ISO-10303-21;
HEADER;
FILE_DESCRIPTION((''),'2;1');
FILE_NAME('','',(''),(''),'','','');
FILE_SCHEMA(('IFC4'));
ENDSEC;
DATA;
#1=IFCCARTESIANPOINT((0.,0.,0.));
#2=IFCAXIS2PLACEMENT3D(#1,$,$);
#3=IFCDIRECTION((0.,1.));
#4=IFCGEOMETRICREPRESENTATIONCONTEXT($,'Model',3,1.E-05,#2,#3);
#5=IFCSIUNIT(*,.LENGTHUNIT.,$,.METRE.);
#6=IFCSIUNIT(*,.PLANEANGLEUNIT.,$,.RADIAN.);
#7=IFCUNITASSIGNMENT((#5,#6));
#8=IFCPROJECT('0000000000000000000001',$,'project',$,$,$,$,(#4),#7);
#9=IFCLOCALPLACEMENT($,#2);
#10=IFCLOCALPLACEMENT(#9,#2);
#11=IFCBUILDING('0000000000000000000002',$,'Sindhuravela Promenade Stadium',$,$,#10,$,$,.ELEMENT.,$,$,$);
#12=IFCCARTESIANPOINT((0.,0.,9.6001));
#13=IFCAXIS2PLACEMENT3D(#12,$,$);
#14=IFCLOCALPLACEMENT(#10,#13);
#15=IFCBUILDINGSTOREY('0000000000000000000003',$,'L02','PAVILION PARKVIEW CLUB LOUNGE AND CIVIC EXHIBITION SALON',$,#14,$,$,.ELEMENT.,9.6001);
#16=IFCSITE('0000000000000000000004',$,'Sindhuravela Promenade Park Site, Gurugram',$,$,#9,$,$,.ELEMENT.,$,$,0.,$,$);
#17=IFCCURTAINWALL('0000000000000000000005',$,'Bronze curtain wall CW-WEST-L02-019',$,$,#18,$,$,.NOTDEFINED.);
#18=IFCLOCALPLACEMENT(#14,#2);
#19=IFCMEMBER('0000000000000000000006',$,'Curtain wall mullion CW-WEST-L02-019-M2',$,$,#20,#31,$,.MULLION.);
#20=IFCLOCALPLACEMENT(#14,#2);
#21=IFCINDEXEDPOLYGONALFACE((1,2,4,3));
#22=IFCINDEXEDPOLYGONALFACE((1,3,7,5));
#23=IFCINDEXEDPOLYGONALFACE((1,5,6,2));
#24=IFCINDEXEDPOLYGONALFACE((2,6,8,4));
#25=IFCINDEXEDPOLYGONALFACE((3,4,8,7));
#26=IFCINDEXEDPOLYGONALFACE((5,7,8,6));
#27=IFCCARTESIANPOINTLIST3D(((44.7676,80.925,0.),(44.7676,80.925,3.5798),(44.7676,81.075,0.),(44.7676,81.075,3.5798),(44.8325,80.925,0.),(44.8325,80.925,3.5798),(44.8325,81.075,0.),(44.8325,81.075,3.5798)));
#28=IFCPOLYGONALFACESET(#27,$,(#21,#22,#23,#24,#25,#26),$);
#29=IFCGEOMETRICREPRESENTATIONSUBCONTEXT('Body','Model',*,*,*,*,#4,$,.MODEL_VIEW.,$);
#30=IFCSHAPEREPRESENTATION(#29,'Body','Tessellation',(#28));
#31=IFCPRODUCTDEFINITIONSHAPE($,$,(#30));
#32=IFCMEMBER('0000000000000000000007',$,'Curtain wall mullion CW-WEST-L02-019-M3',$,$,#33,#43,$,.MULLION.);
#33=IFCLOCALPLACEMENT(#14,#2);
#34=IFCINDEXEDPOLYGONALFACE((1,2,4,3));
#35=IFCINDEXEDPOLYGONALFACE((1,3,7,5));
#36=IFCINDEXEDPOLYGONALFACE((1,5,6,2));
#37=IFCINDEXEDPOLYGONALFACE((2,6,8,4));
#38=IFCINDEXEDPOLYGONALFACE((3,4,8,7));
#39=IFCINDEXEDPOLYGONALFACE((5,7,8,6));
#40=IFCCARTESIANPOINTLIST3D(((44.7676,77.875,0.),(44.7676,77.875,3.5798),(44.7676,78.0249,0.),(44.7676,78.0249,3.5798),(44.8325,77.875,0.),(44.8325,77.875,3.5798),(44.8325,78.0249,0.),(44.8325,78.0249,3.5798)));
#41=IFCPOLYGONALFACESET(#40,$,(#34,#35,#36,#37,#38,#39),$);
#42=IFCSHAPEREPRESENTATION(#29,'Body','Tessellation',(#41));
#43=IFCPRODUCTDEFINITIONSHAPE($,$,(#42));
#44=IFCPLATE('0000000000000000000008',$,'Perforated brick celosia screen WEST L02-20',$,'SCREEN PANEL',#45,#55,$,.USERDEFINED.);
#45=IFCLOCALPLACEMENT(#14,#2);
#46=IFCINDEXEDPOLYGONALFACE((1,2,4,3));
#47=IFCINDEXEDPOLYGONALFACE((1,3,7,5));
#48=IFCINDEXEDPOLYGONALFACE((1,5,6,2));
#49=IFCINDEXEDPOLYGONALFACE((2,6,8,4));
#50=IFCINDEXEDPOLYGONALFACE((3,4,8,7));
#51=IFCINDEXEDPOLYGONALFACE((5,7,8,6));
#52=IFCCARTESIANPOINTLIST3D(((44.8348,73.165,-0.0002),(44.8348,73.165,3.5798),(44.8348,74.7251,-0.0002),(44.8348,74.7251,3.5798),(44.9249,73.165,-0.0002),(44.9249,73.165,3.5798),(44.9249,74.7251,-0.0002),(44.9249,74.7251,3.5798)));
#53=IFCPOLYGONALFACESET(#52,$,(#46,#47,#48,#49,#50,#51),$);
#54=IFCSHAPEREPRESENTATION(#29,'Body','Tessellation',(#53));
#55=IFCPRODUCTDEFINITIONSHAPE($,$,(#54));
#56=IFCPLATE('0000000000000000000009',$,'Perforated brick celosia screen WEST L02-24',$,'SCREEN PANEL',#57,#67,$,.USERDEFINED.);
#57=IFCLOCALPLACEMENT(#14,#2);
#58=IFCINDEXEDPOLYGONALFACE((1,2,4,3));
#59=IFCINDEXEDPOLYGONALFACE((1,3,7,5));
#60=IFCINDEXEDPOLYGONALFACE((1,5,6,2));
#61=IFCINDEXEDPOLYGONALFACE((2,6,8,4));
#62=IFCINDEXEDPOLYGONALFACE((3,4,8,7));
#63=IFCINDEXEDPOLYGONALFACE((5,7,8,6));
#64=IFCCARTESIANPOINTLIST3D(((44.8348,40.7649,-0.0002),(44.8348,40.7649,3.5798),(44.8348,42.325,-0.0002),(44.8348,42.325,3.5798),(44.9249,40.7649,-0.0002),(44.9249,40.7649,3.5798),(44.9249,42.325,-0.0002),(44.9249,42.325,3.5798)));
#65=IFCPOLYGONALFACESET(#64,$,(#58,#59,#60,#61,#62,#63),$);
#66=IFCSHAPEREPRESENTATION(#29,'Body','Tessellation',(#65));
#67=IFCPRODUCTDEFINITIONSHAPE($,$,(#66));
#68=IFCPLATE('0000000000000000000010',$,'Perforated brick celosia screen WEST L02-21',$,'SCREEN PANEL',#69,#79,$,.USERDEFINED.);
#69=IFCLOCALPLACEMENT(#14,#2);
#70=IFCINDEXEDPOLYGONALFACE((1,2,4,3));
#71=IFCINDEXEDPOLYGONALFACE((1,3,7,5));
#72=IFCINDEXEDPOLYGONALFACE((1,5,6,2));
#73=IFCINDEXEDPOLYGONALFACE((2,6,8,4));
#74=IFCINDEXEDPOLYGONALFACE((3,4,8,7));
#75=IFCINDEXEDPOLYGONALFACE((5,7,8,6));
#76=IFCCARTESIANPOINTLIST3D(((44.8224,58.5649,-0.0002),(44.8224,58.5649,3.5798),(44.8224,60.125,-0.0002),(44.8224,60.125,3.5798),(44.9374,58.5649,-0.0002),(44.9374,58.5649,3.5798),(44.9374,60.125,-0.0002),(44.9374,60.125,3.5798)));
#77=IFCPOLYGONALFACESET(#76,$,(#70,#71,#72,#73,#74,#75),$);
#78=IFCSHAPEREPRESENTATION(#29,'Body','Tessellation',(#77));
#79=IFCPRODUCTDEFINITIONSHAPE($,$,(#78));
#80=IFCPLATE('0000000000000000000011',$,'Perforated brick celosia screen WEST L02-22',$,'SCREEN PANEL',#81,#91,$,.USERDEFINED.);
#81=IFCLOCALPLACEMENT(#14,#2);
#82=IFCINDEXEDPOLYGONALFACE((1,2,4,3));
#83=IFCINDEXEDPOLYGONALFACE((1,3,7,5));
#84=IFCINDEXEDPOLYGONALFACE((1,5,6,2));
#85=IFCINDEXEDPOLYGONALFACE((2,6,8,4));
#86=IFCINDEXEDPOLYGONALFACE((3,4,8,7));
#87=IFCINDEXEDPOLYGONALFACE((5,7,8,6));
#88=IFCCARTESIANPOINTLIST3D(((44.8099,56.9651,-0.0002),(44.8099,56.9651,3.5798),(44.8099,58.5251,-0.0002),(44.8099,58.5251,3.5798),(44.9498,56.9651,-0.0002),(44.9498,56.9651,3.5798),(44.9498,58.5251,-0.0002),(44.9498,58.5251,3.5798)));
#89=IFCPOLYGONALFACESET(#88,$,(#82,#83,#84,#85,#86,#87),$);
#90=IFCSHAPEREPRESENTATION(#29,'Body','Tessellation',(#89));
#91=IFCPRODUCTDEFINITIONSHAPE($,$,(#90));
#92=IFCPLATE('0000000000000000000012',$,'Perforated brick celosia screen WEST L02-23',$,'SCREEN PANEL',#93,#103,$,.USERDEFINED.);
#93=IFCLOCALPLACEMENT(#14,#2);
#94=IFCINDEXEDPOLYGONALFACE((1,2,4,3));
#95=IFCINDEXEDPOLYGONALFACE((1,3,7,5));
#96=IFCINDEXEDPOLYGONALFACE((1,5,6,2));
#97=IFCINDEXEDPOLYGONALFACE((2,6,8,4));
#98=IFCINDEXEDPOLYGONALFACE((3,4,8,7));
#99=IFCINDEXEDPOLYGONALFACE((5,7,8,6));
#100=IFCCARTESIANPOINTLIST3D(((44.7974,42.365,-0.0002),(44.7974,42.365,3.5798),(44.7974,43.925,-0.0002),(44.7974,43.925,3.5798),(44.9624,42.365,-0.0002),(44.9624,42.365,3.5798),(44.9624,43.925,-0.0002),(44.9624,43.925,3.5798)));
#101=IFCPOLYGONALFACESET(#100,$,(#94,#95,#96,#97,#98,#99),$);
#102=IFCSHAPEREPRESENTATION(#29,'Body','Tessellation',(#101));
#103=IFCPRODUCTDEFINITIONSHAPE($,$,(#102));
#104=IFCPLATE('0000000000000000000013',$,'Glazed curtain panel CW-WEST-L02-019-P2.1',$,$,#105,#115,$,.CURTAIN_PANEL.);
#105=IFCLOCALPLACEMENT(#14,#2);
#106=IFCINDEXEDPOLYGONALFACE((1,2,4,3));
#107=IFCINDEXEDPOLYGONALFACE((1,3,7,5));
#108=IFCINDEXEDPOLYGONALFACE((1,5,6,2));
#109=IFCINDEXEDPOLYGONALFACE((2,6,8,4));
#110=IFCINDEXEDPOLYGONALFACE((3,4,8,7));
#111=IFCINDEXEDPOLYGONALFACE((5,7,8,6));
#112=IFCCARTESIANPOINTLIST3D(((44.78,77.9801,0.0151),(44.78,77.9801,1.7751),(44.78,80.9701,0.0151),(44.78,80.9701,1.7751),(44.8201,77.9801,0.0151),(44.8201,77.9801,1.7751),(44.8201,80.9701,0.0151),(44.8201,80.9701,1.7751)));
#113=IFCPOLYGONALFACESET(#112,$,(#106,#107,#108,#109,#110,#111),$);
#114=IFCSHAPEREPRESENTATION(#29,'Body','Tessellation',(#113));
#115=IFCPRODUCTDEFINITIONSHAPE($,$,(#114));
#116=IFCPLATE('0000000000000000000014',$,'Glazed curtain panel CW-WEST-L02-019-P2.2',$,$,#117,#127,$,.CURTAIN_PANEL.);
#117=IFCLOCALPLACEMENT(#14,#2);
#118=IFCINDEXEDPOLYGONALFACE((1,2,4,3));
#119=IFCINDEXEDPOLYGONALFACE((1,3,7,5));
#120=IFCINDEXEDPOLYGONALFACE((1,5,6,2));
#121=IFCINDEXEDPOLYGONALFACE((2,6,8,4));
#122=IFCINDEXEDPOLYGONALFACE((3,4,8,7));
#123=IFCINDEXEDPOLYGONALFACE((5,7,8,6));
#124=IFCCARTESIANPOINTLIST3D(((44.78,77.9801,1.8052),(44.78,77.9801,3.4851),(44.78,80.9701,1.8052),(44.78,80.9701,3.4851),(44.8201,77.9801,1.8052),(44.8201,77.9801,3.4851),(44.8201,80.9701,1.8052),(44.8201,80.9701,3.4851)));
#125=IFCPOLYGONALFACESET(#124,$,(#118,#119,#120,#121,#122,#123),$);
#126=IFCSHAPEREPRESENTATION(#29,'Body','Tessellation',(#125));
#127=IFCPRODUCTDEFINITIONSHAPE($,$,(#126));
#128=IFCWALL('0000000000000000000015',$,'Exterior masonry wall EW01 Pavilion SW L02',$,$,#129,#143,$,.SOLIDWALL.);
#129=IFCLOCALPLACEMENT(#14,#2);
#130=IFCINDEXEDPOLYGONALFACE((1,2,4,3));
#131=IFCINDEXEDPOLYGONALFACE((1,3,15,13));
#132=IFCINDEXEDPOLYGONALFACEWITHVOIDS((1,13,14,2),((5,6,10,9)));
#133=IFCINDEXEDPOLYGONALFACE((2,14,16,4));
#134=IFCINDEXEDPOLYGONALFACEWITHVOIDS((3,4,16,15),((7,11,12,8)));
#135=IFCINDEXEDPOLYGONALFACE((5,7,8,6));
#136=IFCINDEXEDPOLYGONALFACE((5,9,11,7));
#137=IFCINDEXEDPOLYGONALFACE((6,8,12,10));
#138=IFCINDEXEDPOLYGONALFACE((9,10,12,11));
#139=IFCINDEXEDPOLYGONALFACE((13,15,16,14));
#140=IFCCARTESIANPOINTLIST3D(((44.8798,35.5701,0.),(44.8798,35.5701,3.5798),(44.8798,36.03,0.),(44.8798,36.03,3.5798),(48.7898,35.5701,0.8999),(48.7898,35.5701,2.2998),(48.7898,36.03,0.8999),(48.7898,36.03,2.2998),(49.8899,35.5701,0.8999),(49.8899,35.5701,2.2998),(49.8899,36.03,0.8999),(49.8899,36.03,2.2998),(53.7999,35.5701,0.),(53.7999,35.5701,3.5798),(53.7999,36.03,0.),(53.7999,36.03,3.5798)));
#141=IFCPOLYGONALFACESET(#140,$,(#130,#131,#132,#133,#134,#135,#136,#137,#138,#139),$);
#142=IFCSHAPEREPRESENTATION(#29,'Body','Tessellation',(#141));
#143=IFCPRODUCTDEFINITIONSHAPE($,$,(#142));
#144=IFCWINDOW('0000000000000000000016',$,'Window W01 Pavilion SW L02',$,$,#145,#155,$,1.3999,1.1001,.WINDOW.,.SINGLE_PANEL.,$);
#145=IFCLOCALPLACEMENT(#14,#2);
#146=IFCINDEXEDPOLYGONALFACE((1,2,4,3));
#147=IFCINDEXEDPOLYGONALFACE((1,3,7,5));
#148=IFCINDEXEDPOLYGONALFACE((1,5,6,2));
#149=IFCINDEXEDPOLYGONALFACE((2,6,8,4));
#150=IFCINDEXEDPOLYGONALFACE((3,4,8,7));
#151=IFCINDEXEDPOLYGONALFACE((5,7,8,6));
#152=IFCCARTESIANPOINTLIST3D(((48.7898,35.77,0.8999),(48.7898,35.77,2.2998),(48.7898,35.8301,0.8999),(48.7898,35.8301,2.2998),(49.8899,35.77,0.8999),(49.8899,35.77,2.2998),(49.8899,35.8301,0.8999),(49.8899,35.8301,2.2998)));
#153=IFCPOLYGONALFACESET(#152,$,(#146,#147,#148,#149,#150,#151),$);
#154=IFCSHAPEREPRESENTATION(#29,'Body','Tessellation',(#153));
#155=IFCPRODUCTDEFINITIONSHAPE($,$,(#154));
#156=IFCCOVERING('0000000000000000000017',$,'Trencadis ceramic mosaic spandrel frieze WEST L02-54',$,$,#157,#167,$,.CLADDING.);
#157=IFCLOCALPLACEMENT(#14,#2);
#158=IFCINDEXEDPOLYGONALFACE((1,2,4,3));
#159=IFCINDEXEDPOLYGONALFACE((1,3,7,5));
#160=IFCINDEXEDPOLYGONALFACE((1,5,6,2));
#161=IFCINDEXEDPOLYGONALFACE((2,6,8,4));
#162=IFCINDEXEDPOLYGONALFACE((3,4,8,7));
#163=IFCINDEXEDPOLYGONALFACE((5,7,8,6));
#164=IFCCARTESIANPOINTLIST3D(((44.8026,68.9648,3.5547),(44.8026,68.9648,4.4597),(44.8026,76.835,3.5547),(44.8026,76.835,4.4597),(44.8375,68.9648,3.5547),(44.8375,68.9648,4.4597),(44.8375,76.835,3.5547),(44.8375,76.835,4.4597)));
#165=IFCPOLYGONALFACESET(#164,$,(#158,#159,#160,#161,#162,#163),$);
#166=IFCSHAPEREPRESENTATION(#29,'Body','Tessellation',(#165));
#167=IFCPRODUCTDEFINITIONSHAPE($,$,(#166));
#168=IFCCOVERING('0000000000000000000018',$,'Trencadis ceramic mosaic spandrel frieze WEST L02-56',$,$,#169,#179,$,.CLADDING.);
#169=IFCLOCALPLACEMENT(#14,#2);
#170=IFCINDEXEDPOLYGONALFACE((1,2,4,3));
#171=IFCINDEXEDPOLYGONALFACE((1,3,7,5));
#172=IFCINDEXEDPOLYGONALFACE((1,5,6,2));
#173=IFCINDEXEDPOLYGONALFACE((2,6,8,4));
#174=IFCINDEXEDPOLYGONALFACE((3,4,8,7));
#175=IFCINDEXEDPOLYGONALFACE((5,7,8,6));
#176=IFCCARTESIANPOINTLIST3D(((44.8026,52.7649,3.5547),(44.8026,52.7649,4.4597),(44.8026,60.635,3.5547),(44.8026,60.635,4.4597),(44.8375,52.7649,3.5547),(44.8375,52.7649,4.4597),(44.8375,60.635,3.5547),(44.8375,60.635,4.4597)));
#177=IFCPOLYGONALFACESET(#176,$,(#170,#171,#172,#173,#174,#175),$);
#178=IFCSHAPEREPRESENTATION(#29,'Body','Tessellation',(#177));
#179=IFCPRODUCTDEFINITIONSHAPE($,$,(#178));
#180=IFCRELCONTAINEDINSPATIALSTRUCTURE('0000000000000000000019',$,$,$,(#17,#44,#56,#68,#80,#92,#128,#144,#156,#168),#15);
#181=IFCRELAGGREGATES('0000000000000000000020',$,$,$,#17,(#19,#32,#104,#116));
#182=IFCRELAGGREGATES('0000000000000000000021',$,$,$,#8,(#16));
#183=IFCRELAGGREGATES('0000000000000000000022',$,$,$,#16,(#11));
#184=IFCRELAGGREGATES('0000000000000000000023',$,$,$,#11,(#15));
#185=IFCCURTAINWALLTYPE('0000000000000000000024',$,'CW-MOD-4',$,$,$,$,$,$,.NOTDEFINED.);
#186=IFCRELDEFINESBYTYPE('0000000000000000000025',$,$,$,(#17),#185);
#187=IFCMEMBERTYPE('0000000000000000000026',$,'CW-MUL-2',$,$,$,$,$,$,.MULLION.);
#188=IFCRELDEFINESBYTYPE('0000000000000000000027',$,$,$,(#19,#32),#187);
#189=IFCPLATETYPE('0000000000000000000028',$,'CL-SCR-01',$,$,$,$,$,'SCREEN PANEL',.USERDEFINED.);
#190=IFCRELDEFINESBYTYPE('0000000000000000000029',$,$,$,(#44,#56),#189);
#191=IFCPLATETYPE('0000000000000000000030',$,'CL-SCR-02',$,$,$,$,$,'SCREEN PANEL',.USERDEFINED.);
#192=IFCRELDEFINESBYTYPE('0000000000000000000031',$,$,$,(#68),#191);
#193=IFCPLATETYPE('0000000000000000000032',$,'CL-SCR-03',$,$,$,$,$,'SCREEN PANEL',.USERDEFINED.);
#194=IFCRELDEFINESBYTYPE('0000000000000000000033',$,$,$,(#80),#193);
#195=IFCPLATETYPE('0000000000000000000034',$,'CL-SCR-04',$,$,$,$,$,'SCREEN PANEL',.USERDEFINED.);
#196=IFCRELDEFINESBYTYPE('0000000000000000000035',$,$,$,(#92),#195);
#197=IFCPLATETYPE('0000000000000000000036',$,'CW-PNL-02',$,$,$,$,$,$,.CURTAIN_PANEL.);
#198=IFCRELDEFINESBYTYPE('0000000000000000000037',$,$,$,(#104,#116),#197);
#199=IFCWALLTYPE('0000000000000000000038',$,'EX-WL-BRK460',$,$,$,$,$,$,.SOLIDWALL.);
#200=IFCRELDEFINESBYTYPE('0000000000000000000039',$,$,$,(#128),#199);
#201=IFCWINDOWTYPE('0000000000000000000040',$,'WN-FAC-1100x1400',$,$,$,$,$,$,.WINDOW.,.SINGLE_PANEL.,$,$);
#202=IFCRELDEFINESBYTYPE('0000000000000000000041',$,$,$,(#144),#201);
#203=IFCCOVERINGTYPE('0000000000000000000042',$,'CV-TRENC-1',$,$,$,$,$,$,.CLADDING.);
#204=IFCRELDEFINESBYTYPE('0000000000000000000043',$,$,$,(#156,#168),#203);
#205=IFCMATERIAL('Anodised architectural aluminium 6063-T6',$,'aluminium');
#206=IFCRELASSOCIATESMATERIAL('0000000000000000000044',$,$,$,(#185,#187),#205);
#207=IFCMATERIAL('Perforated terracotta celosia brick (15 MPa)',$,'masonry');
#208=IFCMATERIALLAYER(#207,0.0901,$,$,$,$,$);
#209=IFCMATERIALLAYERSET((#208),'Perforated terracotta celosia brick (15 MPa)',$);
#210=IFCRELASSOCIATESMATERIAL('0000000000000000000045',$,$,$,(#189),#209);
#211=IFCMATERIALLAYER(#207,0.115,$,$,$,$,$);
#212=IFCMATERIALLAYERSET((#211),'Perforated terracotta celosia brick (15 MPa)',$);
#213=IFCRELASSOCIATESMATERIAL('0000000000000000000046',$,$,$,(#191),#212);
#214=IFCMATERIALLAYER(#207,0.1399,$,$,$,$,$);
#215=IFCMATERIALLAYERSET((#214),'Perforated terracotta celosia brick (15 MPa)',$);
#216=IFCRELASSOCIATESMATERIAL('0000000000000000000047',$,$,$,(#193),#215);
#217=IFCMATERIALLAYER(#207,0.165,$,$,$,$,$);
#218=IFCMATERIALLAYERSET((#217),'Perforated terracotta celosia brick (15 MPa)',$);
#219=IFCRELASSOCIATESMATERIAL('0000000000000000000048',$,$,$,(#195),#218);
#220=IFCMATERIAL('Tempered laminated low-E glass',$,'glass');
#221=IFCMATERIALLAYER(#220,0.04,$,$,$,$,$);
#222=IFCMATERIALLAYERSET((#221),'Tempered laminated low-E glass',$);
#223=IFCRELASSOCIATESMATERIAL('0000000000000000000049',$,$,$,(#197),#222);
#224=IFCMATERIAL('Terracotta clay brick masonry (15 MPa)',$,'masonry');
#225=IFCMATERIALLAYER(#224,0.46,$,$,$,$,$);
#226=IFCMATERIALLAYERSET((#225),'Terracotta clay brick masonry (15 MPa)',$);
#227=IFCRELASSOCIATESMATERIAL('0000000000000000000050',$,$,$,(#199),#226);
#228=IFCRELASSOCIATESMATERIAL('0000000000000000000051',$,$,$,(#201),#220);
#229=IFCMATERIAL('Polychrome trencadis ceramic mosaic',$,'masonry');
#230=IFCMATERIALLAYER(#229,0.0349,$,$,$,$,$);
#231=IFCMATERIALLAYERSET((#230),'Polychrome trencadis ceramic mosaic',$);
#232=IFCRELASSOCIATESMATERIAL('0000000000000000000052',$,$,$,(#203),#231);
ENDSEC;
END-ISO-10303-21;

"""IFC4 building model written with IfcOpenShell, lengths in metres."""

from ifc_helpers import new_model, si_unit, direction, frame, frame_2d, origin, origin_2d, place, context, subcontext, project, spatial, rectangle, extrude, material, layer, layer_set, material_profile, profile_set, type_object, element, fill, aggregate, save


model = new_model("IFC4")

# Units and contexts
model_context = context("Model", 3, precision=1e-05, world=origin(), true_north=direction((0.0, 1.0)))
body_context = subcontext(model_context, "Body", "Model", "MODEL_VIEW")
ifc_project = project(units=[si_unit("LENGTHUNIT", "METRE"), si_unit("PLANEANGLEUNIT", "RADIAN")], contexts=[model_context])

# Site, building, storey
site_placement = place(None, origin())
site = spatial("IfcSite", under=ifc_project, at=site_placement, Name="Sindhuravela Promenade Park Site, Gurugram", CompositionType="ELEMENT", RefElevation=0.0)
building_placement = place(site_placement, origin())
building = spatial("IfcBuilding", under=site, at=building_placement, Name="Sindhuravela Promenade Stadium", CompositionType="ELEMENT")
storey_placement = place(building_placement, frame((0.0, 0.0, 9.6001)))
storey = spatial("IfcBuildingStorey", under=building, at=storey_placement, Name="L02", Description="PAVILION PARKVIEW CLUB LOUNGE AND CIVIC EXHIBITION SALON", CompositionType="ELEMENT", Elevation=9.6001)

# Curtain wall, members
ifc_material_1 = material(Name="Anodised architectural aluminium 6063-T6", Category="aluminium")
curtain_wall_type = type_object("IfcCurtainWallType", Name="CW-MOD-4", PredefinedType="NOTDEFINED", material=ifc_material_1)
curtain_wall_placement = place(storey_placement, origin())
curtain_wall = element("IfcCurtainWall", 1, at=curtain_wall_placement, inside=storey, type_object=curtain_wall_type, Name="Bronze curtain wall CW-WEST-L02-019", PredefinedType="NOTDEFINED")
ifc_material_profile = material_profile(ifc_material_1, rectangle(XDim=0.0649, YDim=0.1499, at=origin_2d()), Name="ALU MULL 65x150")
ifc_profile_set = profile_set([ifc_material_profile], Name="Anodised architectural aluminium 6063-T6")
member_type = type_object("IfcMemberType", Name="CW-MUL-2", PredefinedType="MULLION", material=ifc_profile_set)
member_1_placement = place(storey_placement, frame((44.8, 81.0, 0.0), z_axis=(0.0, 0.0, 1.0), x_axis=(1.0, 0.0, 0.0)))
member_1 = element("IfcMember", 2, at=member_1_placement, type_object=member_type, Name="Curtain wall mullion CW-WEST-L02-019-M2", PredefinedType="MULLION", context=body_context, shape_type="SweptSolid", body=[
    extrude(rectangle(XDim=0.0649, YDim=0.1499, at=origin_2d()), origin(), (0.0, 0.0, 1.0), 3.5798),
])
member_2_placement = place(storey_placement, frame((44.8, 77.95, 0.0), z_axis=(0.0, 0.0, 1.0), x_axis=(1.0, 0.0, 0.0)))
member_2 = element("IfcMember", 3, at=member_2_placement, type_object=member_type, Name="Curtain wall mullion CW-WEST-L02-019-M3", PredefinedType="MULLION", context=body_context, shape_type="SweptSolid", body=[
    extrude(rectangle(XDim=0.0649, YDim=0.1499, at=origin_2d()), origin(), (0.0, 0.0, 1.0), 3.5798),
])

# Plates
ifc_material_2 = material(Name="Perforated terracotta celosia brick (15 MPa)", Category="masonry")
ifc_layer_1 = layer(ifc_material_2, 0.0901)
ifc_layer_set_1 = layer_set([ifc_layer_1], Name="Perforated terracotta celosia brick (15 MPa)")
plate_type_1 = type_object("IfcPlateType", Name="CL-SCR-01", ElementType="SCREEN PANEL", PredefinedType="USERDEFINED", material=ifc_layer_set_1)
for number, where, z_axis, x_axis, name in (
    (4, (44.8799, 73.9451, -0.0002), (0.0, 0.0, 1.0), (0.0, -1.0, 0.0), "Perforated brick celosia screen WEST L02-20"),
    (5, (44.8799, 41.5449, -0.0002), (0.0, 0.0, 1.0), (0.0, -1.0, 0.0), "Perforated brick celosia screen WEST L02-24"),
):
    element("IfcPlate", number, at=place(storey_placement, frame(where, z_axis=z_axis, x_axis=x_axis)), inside=storey, type_object=plate_type_1, Name=name, ObjectType="SCREEN PANEL", PredefinedType="USERDEFINED", context=body_context, shape_type="SweptSolid", body=[
        extrude(rectangle(XDim=1.5601, YDim=0.0901, at=origin_2d()), origin(), (0.0, 0.0, 1.0), 3.5801),
    ])
ifc_layer_2 = layer(ifc_material_2, 0.115)
ifc_layer_set_2 = layer_set([ifc_layer_2], Name="Perforated terracotta celosia brick (15 MPa)")
plate_type_2 = type_object("IfcPlateType", Name="CL-SCR-02", ElementType="SCREEN PANEL", PredefinedType="USERDEFINED", material=ifc_layer_set_2)
plate_1_placement = place(storey_placement, frame((44.8799, 59.345, -0.0002), z_axis=(0.0, 0.0, 1.0), x_axis=(0.0, -1.0, 0.0)))
element("IfcPlate", 6, at=plate_1_placement, inside=storey, type_object=plate_type_2, Name="Perforated brick celosia screen WEST L02-21", ObjectType="SCREEN PANEL", PredefinedType="USERDEFINED", context=body_context, shape_type="SweptSolid", body=[
    extrude(rectangle(XDim=1.5601, YDim=0.115, at=origin_2d()), origin(), (0.0, 0.0, 1.0), 3.5801),
])
ifc_layer_3 = layer(ifc_material_2, 0.1399)
ifc_layer_set_3 = layer_set([ifc_layer_3], Name="Perforated terracotta celosia brick (15 MPa)")
plate_type_3 = type_object("IfcPlateType", Name="CL-SCR-03", ElementType="SCREEN PANEL", PredefinedType="USERDEFINED", material=ifc_layer_set_3)
plate_2_placement = place(storey_placement, frame((44.8799, 57.7451, -0.0002), z_axis=(0.0, 0.0, 1.0), x_axis=(0.0, -1.0, 0.0)))
element("IfcPlate", 7, at=plate_2_placement, inside=storey, type_object=plate_type_3, Name="Perforated brick celosia screen WEST L02-22", ObjectType="SCREEN PANEL", PredefinedType="USERDEFINED", context=body_context, shape_type="SweptSolid", body=[
    extrude(rectangle(XDim=1.5601, YDim=0.1399, at=origin_2d()), origin(), (0.0, 0.0, 1.0), 3.5801),
])
ifc_layer_4 = layer(ifc_material_2, 0.165)
ifc_layer_set_4 = layer_set([ifc_layer_4], Name="Perforated terracotta celosia brick (15 MPa)")
plate_type_4 = type_object("IfcPlateType", Name="CL-SCR-04", ElementType="SCREEN PANEL", PredefinedType="USERDEFINED", material=ifc_layer_set_4)
plate_3_placement = place(storey_placement, frame((44.8799, 43.145, -0.0002), z_axis=(0.0, 0.0, 1.0), x_axis=(0.0, -1.0, 0.0)))
element("IfcPlate", 8, at=plate_3_placement, inside=storey, type_object=plate_type_4, Name="Perforated brick celosia screen WEST L02-23", ObjectType="SCREEN PANEL", PredefinedType="USERDEFINED", context=body_context, shape_type="SweptSolid", body=[
    extrude(rectangle(XDim=1.5601, YDim=0.165, at=origin_2d()), origin(), (0.0, 0.0, 1.0), 3.5801),
])

# Plates
ifc_material_3 = material(Name="Tempered laminated low-E glass", Category="glass")
ifc_layer_5 = layer(ifc_material_3, 0.04)
ifc_layer_set_5 = layer_set([ifc_layer_5], Name="Tempered laminated low-E glass")
plate_type_5 = type_object("IfcPlateType", Name="CW-PNL-02", PredefinedType="CURTAIN_PANEL", material=ifc_layer_set_5)
plate_4_placement = place(storey_placement, frame((44.8, 79.4751, 0.0151), z_axis=(0.0, 0.0, 1.0), x_axis=(0.0, -1.0, 0.0)))
plate_4 = element("IfcPlate", 9, at=plate_4_placement, type_object=plate_type_5, Name="Glazed curtain panel CW-WEST-L02-019-P2.1", PredefinedType="CURTAIN_PANEL", context=body_context, shape_type="SweptSolid", body=[
    extrude(rectangle(XDim=2.99, YDim=0.04, at=origin_2d()), origin(), (0.0, 0.0, 1.0), 1.76),
])
plate_5_placement = place(storey_placement, frame((44.8, 79.4751, 1.8052), z_axis=(0.0, 0.0, 1.0), x_axis=(0.0, -1.0, 0.0)))
plate_5 = element("IfcPlate", 10, at=plate_5_placement, type_object=plate_type_5, Name="Glazed curtain panel CW-WEST-L02-019-P2.2", PredefinedType="CURTAIN_PANEL", context=body_context, shape_type="SweptSolid", body=[
    extrude(rectangle(XDim=2.99, YDim=0.04, at=origin_2d()), origin(), (0.0, 0.0, 1.0), 1.6799),
])
aggregate(curtain_wall, [member_1, member_2, plate_4, plate_5])

# Wall, opening, window
ifc_material_4 = material(Name="Terracotta clay brick masonry (15 MPa)", Category="masonry")
ifc_layer_6 = layer(ifc_material_4, 0.46)
ifc_layer_set_6 = layer_set([ifc_layer_6], Name="Terracotta clay brick masonry (15 MPa)")
wall_type = type_object("IfcWallType", Name="EX-WL-BRK460", PredefinedType="SOLIDWALL", material=ifc_layer_set_6)
wall_placement = place(storey_placement, frame((44.8799, 35.8, 0.0), z_axis=(0.0, 0.0, 1.0), x_axis=(1.0, 0.0, 0.0)))
wall = element("IfcWall", 11, at=wall_placement, inside=storey, type_object=wall_type, Name="Exterior masonry wall EW01 Pavilion SW L02", PredefinedType="SOLIDWALL", context=body_context, shape_type="SweptSolid", body=[
    extrude(rectangle(XDim=8.9202, YDim=0.46, at=frame_2d((4.46, 0.0))), origin(), (0.0, 0.0, 1.0), 3.5798),
])
opening_placement = place(wall_placement, frame((3.9099, 0.0, 0.8999)))
opening = element("IfcOpeningElement", 12, at=opening_placement, cuts=wall, PredefinedType="OPENING", context=body_context, shape_type="SweptSolid", body=[
    extrude(rectangle(XDim=1.1001, YDim=1.3999, at=frame_2d((0.55, 0.7))), frame((0.0, 0.24, 0.0), z_axis=(0.0, -1.0, 0.0), x_axis=(1.0, 0.0, 0.0)), (0.0, 0.0, 1.0), 0.48),
])
window_type = type_object("IfcWindowType", Name="WN-FAC-1100x1400", PartitioningType="SINGLE_PANEL", PredefinedType="WINDOW", material=ifc_material_3)
window_placement = place(opening_placement, origin())
window = element("IfcWindow", 13, at=window_placement, inside=storey, type_object=window_type, Name="Window W01 Pavilion SW L02", OverallHeight=1.3999, OverallWidth=1.1001, PartitioningType="SINGLE_PANEL", PredefinedType="WINDOW", context=body_context, shape_type="SweptSolid", body=[
    extrude(rectangle(XDim=1.1001, YDim=1.3999, at=frame_2d((0.55, 0.7))), frame((0.0, 0.03, 0.0), z_axis=(0.0, -1.0, 0.0), x_axis=(1.0, 0.0, 0.0)), (0.0, 0.0, 1.0), 0.0601),
])
fill(opening, window)

# Coverings
ifc_material_5 = material(Name="Polychrome trencadis ceramic mosaic", Category="masonry")
ifc_layer_7 = layer(ifc_material_5, 0.0349)
ifc_layer_set_7 = layer_set([ifc_layer_7], Name="Polychrome trencadis ceramic mosaic")
covering_type_1 = type_object("IfcCoveringType", Name="CV-TRENC-1", PredefinedType="CLADDING", material=ifc_layer_set_7)
for number, where, z_axis, x_axis, name in (
    (14, (44.8201, 72.8999, 3.5547), (0.0, 0.0, 1.0), (0.0, -1.0, 0.0), "Trencadis ceramic mosaic spandrel frieze WEST L02-54"),
    (15, (44.8201, 56.7, 3.5547), (0.0, 0.0, 1.0), (0.0, -1.0, 0.0), "Trencadis ceramic mosaic spandrel frieze WEST L02-56"),
):
    element("IfcCovering", number, at=place(storey_placement, frame(where, z_axis=z_axis, x_axis=x_axis)), inside=storey, type_object=covering_type_1, Name=name, PredefinedType="CLADDING", context=body_context, shape_type="SweptSolid", body=[
        extrude(rectangle(XDim=7.8701, YDim=0.0349, at=origin_2d()), origin(), (0.0, 0.0, 1.0), 0.905),
    ])

save(model, "model.ifc")
